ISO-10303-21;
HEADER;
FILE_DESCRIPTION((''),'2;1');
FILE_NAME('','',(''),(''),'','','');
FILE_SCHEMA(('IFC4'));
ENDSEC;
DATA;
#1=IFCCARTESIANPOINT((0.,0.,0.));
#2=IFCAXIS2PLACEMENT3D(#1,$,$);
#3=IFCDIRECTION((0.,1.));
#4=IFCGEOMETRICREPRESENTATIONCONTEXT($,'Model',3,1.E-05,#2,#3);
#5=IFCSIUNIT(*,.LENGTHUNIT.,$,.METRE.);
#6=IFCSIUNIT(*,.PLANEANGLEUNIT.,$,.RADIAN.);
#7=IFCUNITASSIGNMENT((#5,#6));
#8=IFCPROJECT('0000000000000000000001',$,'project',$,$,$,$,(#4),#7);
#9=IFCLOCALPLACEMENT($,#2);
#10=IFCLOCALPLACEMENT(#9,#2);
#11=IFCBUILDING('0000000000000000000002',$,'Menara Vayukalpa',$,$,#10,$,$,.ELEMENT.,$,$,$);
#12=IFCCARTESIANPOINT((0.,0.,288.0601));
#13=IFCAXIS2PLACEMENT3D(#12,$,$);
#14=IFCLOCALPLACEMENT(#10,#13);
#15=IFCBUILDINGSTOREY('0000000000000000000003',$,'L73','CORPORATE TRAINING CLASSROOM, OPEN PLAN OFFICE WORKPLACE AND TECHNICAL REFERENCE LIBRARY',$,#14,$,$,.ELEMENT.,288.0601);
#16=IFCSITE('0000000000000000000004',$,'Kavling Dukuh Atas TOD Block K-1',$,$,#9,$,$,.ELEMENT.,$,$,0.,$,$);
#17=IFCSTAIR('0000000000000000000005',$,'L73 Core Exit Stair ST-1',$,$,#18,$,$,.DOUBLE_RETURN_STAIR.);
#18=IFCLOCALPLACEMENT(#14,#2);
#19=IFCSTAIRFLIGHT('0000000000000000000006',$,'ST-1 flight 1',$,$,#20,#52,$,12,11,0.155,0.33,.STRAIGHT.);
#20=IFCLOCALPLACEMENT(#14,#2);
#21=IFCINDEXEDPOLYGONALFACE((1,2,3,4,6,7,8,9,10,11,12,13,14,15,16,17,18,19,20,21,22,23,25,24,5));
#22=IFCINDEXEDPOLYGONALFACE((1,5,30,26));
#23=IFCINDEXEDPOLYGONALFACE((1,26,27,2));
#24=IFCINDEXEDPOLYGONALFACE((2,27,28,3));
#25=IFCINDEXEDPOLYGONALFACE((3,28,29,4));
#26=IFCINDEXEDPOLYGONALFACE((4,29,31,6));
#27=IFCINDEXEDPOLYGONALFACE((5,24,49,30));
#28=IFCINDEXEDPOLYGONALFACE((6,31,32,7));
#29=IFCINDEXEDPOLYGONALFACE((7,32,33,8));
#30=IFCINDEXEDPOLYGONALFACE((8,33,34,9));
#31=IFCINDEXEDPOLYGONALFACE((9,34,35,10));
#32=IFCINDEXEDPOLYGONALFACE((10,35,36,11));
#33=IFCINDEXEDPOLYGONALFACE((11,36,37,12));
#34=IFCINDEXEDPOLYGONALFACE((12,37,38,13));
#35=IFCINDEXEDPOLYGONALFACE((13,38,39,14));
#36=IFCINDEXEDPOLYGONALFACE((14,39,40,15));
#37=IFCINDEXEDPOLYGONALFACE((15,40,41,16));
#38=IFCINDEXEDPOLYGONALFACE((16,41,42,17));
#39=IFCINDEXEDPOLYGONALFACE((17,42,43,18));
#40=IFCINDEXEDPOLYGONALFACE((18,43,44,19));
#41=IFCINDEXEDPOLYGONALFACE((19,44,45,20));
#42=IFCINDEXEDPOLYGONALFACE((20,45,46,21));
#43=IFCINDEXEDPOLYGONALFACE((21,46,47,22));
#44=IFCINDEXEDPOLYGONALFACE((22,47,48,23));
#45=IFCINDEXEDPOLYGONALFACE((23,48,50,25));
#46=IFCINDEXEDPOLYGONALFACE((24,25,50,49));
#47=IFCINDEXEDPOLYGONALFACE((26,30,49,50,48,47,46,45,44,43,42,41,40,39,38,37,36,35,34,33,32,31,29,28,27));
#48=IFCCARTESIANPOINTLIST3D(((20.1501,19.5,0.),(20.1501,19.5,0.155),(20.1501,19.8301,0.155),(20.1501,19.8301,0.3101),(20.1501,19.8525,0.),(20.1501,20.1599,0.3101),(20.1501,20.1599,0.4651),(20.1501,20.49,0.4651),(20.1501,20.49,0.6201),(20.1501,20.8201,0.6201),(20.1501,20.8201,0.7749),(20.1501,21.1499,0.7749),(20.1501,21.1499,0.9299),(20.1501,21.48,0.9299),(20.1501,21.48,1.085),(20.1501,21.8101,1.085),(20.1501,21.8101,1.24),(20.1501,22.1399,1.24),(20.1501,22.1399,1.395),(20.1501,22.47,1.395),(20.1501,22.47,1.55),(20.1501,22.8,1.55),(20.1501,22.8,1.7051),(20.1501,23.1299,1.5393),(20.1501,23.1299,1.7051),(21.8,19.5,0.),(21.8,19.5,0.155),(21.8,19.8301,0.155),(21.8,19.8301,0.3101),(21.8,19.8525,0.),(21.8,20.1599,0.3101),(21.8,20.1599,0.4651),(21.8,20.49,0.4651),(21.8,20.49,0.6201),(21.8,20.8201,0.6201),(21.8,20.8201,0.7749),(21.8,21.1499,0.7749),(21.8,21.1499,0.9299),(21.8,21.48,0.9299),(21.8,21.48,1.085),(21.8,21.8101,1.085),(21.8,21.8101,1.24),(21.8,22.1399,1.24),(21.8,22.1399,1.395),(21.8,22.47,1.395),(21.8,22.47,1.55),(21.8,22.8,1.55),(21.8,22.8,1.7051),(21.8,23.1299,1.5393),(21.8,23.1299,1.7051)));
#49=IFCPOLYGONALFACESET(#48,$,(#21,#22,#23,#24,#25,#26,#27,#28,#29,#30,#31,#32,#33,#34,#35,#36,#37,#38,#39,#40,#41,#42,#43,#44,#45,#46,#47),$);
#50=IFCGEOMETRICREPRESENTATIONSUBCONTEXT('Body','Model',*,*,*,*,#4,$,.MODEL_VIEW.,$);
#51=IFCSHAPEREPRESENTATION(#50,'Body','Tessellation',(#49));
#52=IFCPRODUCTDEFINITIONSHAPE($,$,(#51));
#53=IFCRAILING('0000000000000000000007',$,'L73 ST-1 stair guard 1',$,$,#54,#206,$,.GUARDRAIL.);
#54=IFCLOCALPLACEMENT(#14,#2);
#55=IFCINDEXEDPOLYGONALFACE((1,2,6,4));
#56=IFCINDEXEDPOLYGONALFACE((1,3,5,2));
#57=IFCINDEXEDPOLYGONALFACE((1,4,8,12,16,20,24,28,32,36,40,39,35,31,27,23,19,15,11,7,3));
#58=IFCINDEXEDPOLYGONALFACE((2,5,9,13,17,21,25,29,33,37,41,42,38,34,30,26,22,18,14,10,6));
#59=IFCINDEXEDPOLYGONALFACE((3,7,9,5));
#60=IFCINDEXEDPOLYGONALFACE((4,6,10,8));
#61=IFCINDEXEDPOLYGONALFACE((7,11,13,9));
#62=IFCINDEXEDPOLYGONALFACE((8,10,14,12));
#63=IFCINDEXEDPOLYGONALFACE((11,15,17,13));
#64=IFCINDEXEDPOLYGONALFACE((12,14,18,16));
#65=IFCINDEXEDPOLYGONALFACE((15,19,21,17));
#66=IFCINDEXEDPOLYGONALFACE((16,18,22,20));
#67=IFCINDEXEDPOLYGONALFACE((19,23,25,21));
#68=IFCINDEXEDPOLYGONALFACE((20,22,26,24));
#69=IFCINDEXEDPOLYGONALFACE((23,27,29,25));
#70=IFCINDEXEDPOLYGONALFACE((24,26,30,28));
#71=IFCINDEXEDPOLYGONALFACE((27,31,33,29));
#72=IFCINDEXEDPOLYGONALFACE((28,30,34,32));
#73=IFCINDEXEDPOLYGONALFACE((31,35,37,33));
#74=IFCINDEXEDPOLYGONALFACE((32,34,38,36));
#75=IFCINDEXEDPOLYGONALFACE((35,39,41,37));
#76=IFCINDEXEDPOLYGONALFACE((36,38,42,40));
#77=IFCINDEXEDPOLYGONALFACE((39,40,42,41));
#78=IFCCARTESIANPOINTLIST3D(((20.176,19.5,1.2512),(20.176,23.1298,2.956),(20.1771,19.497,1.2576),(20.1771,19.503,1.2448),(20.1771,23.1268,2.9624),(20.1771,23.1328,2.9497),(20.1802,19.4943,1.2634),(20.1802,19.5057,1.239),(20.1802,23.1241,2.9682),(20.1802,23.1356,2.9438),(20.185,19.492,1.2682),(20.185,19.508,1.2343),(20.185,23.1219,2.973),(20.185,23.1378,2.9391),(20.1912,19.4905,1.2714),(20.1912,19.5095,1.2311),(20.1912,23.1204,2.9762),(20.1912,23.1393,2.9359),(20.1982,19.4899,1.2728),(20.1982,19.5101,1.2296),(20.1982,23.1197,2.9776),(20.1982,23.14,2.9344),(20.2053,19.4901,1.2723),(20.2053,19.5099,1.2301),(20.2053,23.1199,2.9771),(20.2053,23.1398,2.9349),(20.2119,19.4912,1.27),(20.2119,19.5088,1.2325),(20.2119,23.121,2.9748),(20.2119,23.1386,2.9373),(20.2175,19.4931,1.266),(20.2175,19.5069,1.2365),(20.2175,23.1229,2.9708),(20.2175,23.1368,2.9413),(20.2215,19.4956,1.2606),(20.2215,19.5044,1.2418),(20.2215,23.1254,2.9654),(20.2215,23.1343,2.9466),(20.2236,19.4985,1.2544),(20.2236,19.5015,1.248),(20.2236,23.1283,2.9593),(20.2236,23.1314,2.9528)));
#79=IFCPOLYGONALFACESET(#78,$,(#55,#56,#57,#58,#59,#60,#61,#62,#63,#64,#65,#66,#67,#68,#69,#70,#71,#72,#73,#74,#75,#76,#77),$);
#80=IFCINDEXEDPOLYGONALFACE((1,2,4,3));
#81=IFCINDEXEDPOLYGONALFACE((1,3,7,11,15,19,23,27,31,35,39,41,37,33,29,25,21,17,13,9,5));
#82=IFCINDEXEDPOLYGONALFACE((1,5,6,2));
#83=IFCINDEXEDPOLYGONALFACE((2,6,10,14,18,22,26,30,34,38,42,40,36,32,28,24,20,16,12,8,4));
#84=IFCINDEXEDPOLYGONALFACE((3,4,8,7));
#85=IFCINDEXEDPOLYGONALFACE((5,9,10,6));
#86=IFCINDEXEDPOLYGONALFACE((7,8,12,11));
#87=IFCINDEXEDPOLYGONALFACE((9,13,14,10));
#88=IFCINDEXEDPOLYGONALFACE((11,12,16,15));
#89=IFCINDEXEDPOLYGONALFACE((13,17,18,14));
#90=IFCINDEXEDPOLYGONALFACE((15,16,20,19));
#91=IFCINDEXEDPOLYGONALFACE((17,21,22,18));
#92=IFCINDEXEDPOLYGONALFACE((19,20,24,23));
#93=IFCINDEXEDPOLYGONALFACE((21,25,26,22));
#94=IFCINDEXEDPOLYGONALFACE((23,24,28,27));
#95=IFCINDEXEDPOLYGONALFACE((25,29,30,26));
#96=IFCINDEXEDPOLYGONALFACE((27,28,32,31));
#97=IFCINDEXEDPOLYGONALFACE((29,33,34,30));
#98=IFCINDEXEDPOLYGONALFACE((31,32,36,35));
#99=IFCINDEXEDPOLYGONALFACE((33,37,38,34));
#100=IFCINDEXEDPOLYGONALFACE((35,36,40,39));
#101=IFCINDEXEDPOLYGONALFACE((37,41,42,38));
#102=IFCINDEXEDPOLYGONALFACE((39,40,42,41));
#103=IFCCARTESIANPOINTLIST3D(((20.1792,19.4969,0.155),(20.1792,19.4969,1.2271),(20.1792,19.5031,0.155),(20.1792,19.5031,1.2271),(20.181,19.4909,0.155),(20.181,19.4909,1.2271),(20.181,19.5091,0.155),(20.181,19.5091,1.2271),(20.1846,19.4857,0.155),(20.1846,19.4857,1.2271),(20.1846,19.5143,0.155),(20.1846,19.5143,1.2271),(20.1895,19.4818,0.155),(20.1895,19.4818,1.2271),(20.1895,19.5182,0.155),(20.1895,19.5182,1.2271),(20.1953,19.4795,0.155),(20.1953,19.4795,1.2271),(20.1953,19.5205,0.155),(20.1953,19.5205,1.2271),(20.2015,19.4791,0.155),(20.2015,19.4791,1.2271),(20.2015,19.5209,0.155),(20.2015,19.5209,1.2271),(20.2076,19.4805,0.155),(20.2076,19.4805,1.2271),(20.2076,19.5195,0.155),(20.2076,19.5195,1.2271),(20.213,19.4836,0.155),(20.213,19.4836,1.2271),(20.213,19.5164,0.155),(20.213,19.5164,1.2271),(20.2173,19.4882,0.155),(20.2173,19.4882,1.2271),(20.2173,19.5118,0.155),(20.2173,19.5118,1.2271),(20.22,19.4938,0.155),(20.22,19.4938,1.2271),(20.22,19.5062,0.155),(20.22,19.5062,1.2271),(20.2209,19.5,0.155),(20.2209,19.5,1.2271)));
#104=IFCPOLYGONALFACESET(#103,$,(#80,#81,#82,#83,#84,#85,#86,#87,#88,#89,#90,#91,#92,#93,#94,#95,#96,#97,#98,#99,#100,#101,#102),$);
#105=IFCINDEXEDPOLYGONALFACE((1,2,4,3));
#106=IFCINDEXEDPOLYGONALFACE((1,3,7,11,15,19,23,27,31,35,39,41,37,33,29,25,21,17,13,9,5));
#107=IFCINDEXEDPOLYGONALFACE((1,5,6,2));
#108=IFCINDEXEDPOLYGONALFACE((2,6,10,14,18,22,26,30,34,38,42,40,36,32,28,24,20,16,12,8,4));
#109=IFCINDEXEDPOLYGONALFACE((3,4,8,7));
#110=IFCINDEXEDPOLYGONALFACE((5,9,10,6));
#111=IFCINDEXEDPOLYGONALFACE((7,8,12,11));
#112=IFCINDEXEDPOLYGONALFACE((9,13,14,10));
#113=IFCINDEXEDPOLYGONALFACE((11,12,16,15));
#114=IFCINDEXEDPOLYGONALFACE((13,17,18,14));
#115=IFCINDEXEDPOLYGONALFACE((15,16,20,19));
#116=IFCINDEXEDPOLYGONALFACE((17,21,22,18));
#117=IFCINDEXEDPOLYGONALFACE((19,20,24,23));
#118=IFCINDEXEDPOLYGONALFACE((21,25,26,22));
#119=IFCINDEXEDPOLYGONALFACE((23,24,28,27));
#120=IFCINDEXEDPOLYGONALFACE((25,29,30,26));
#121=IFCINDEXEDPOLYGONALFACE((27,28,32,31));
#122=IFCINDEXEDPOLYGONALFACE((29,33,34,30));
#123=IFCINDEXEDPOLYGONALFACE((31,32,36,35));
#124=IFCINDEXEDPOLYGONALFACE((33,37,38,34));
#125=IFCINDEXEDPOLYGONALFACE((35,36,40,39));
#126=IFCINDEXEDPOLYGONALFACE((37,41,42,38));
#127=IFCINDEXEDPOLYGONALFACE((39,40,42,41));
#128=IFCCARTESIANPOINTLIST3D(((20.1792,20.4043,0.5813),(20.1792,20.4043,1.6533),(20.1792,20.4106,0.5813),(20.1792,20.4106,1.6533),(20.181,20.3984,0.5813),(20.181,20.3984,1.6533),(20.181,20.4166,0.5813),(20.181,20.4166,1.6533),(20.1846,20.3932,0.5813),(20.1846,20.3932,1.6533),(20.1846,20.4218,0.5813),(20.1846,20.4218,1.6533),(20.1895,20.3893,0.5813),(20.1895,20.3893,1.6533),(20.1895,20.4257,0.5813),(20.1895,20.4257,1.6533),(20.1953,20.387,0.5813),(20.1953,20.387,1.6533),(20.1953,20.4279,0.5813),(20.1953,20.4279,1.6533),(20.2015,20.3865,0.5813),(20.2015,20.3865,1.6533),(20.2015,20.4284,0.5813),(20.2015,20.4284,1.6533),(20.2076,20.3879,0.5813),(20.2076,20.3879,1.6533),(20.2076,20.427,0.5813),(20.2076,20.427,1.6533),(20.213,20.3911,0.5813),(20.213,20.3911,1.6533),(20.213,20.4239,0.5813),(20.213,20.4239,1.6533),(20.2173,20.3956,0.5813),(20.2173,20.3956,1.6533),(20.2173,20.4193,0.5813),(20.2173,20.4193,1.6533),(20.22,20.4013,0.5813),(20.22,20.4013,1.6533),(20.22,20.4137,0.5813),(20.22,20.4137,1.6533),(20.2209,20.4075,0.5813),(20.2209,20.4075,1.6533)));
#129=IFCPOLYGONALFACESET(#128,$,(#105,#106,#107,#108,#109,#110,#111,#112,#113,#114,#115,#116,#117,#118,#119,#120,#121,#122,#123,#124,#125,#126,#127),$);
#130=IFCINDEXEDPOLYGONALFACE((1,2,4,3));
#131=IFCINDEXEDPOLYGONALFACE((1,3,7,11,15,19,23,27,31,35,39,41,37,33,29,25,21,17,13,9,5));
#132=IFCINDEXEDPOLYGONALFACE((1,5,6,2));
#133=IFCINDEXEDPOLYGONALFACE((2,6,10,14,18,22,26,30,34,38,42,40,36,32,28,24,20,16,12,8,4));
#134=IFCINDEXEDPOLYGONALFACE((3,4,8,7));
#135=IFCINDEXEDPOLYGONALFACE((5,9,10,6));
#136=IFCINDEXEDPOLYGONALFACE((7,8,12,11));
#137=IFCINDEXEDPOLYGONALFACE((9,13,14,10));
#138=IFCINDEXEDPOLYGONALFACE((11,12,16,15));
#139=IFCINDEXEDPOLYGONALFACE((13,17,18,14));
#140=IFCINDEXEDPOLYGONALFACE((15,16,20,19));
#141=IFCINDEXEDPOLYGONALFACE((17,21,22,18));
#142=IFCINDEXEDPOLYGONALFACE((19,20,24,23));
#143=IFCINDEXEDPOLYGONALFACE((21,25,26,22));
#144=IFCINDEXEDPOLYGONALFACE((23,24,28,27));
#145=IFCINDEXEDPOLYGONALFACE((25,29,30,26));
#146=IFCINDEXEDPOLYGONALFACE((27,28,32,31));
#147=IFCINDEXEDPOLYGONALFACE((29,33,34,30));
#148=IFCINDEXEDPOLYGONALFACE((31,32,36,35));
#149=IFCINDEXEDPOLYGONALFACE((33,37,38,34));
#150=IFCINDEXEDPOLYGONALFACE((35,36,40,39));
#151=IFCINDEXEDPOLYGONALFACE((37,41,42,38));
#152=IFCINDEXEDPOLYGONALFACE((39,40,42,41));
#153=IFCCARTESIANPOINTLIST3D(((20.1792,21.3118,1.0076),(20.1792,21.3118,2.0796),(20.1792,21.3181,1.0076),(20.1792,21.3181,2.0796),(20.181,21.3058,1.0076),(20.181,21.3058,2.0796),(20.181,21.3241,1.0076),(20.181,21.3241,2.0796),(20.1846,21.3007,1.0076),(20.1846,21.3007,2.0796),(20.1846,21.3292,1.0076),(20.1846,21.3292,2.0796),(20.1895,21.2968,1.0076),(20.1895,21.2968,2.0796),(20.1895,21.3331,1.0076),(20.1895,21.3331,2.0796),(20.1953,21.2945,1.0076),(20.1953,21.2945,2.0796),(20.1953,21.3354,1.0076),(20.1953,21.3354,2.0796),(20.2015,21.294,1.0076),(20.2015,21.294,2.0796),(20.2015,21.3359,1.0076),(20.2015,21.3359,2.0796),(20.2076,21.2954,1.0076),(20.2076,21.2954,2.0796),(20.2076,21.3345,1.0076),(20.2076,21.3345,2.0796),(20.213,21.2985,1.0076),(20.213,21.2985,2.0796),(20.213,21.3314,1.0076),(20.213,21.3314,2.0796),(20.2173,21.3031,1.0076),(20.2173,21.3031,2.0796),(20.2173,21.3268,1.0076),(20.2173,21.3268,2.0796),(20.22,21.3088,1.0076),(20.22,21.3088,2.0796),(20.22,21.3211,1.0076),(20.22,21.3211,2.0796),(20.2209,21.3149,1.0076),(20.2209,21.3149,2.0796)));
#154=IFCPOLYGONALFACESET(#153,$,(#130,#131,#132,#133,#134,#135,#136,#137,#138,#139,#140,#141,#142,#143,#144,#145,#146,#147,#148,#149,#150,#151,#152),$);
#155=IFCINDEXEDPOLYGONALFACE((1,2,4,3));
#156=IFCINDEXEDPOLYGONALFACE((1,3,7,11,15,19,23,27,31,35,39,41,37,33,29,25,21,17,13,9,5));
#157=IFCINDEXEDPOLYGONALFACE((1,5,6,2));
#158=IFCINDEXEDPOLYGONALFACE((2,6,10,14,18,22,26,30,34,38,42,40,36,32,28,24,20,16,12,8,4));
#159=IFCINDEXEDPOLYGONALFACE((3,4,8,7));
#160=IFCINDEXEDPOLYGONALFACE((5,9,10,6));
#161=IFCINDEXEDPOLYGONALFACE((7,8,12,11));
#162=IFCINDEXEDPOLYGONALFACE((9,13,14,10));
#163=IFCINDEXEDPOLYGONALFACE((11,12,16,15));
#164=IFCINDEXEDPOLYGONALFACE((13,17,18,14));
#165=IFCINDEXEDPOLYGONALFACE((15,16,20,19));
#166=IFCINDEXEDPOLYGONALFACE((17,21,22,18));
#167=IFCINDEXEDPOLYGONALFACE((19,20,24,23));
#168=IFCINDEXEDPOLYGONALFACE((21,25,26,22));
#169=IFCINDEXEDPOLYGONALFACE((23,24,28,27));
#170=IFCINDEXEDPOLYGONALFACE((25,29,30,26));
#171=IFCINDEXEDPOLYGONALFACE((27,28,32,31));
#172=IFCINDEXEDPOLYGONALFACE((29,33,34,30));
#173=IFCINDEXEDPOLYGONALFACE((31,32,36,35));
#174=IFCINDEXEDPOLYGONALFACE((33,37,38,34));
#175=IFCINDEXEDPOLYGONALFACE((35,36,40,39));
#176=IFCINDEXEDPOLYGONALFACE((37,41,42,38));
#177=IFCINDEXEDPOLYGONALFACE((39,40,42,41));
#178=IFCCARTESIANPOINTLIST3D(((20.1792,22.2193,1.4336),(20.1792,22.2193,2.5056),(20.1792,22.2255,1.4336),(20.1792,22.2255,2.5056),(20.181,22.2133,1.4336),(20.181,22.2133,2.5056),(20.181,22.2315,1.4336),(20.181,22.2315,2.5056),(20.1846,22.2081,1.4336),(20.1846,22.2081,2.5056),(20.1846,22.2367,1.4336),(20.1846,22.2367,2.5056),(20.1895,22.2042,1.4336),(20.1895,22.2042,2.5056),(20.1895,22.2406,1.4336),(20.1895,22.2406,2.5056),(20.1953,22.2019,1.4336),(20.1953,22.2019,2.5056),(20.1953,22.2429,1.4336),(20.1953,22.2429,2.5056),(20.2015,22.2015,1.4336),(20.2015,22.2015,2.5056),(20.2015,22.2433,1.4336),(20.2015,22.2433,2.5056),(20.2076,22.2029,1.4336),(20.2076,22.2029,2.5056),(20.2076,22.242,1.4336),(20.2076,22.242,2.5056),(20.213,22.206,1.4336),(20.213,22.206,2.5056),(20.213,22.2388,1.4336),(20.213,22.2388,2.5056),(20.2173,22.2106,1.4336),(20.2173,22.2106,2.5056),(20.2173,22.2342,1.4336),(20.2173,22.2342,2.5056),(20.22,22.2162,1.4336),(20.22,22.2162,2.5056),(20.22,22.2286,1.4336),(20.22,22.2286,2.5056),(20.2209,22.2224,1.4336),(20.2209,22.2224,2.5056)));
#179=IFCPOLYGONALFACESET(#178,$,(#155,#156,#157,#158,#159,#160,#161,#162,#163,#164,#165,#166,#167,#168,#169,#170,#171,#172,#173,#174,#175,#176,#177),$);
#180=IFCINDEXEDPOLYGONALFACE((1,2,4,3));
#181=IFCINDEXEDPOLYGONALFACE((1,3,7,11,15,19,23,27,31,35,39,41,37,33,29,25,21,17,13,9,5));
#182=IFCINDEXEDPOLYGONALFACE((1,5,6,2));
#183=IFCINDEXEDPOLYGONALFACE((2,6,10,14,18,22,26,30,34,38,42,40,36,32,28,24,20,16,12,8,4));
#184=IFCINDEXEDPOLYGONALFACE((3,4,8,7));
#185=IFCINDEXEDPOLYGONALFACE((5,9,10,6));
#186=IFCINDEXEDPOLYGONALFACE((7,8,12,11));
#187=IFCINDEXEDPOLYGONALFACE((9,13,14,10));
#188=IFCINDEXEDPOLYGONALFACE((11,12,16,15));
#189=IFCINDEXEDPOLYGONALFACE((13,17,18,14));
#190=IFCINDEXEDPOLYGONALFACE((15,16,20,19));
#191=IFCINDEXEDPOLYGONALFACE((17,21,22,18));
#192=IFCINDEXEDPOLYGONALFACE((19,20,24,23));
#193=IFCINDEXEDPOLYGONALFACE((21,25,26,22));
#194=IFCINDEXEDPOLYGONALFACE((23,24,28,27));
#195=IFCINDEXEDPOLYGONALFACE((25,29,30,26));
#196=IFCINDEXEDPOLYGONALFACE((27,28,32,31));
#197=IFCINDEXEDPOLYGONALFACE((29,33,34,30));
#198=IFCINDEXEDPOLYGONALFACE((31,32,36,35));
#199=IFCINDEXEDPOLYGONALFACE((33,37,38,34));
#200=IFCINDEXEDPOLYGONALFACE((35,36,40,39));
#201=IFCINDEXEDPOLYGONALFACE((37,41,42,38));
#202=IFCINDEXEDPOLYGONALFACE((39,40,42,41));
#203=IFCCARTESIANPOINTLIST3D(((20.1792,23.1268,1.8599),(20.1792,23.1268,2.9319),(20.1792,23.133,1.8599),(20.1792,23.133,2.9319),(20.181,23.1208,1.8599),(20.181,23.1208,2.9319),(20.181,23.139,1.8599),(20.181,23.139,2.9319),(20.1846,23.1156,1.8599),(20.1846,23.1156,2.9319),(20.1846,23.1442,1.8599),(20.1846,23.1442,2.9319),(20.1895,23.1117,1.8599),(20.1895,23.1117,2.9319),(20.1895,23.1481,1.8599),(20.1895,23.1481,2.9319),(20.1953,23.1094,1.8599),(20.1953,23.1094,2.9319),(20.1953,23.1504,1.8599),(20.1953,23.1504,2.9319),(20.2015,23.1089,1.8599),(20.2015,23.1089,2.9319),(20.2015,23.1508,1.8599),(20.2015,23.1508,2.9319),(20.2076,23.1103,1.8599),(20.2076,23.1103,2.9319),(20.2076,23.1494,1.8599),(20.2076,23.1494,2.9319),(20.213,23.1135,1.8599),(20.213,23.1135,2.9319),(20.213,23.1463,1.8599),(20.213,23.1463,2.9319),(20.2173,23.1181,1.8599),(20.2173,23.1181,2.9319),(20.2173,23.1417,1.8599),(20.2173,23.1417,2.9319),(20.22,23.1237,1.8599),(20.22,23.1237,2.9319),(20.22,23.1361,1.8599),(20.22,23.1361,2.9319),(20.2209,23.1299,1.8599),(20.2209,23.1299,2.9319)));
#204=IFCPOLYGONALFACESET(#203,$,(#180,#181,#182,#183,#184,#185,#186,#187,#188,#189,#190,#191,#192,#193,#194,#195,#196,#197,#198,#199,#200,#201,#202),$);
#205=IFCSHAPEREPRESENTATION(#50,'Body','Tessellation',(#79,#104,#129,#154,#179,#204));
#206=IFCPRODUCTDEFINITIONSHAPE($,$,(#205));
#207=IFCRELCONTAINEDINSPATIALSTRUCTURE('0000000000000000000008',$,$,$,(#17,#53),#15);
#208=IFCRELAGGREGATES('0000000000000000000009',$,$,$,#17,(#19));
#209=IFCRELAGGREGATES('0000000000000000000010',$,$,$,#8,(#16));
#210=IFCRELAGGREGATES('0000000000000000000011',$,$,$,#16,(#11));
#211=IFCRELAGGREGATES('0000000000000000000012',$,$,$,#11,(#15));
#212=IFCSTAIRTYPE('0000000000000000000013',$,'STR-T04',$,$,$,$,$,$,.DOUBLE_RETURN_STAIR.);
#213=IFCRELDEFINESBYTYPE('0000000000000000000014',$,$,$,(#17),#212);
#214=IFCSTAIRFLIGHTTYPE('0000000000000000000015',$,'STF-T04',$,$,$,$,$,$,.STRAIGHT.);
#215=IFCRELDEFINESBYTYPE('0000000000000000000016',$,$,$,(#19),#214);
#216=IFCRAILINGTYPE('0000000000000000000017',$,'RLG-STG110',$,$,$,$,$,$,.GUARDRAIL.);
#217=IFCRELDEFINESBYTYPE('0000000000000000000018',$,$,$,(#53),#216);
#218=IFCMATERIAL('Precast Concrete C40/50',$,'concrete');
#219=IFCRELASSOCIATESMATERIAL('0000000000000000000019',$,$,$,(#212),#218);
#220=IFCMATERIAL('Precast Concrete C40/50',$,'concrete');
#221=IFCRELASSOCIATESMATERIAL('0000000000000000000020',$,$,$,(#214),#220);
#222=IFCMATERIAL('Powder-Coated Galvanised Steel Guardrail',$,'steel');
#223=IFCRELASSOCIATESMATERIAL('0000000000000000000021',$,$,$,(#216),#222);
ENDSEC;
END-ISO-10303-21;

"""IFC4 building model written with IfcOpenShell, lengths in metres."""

from ifc_helpers import new_model, si_unit, direction, frame, origin, origin_2d, place, context, subcontext, project, spatial, polyline, circle, outline, extrude, material, type_object, element, aggregate, save


model = new_model("IFC4")

# Units and contexts
model_context = context("Model", 3, precision=1e-05, world=origin(), true_north=direction((0.0, 1.0)))
body_context = subcontext(model_context, "Body", "Model", "MODEL_VIEW")
ifc_project = project(units=[si_unit("LENGTHUNIT", "METRE"), si_unit("PLANEANGLEUNIT", "RADIAN")], contexts=[model_context])

# Site, building, storey
site_placement = place(None, origin())
site = spatial("IfcSite", under=ifc_project, at=site_placement, Name="Kavling Dukuh Atas TOD Block K-1", CompositionType="ELEMENT", RefElevation=0.0)
building_placement = place(site_placement, origin())
building = spatial("IfcBuilding", under=site, at=building_placement, Name="Menara Vayukalpa", CompositionType="ELEMENT")
storey_placement = place(building_placement, frame((0.0, 0.0, 288.0601)))
storey = spatial("IfcBuildingStorey", under=building, at=storey_placement, Name="L73", Description="CORPORATE TRAINING CLASSROOM, OPEN PLAN OFFICE WORKPLACE AND TECHNICAL REFERENCE LIBRARY", CompositionType="ELEMENT", Elevation=288.0601)

# Stair, stair flight
ifc_material_1 = material(Name="Precast Concrete C40/50", Category="concrete")
stair_type = type_object("IfcStairType", Name="STR-T04", PredefinedType="DOUBLE_RETURN_STAIR", material=ifc_material_1)
stair_placement = place(storey_placement, origin())
stair = element("IfcStair", 1, at=stair_placement, inside=storey, type_object=stair_type, Name="L73 Core Exit Stair ST-1", PredefinedType="DOUBLE_RETURN_STAIR")
ifc_material_2 = material(Name="Precast Concrete C40/50", Category="concrete")
stair_flight_type = type_object("IfcStairFlightType", Name="STF-T04", PredefinedType="STRAIGHT", material=ifc_material_2)
stair_flight_placement = place(storey_placement, frame((20.9751, 19.5, 0.0), z_axis=(0.0, 0.0, 1.0), x_axis=(0.0, 1.0, 0.0)))
stair_flight = element("IfcStairFlight", 2, at=stair_flight_placement, type_object=stair_flight_type, Name="ST-1 flight 1", NumberOfRisers=12, NumberOfTreads=11, PredefinedType="STRAIGHT", RiserHeight=0.155, TreadLength=0.33, context=body_context, shape_type="SweptSolid", body=[
    extrude(outline(polyline([(0.0, 0.0), (0.0, 0.155), (0.3301, 0.155), (0.3301, 0.3101), (0.6599, 0.3101), (0.6599, 0.4651), (0.99, 0.4651), (0.99, 0.6201), (1.3201, 0.6201), (1.3201, 0.7749), (1.6499, 0.7749), (1.6499, 0.9299), (1.98, 0.9299), (1.98, 1.085), (2.3101, 1.085), (2.3101, 1.24), (2.6399, 1.24), (2.6399, 1.395), (2.97, 1.395), (2.97, 1.55), (3.3, 1.55), (3.3, 1.7051), (3.6299, 1.7051), (3.6299, 1.8601), (3.6299, 1.5393), (0.3525, 0.0), (0.0, 0.0)])), frame((0.0, 0.825, 0.0), z_axis=(0.0, -1.0, 0.0), x_axis=(1.0, 0.0, 0.0)), (0.0, 0.0, 1.0), 1.6499),
])
aggregate(stair, [stair_flight])

# Railing
ifc_material_3 = material(Name="Powder-Coated Galvanised Steel Guardrail", Category="steel")
railing_type_1 = type_object("IfcRailingType", Name="RLG-STG110", PredefinedType="GUARDRAIL", material=ifc_material_3)
railing_1_placement = place(storey_placement, frame((20.2, 19.5, 0.155)))
element("IfcRailing", 3, at=railing_1_placement, inside=storey, type_object=railing_type_1, Name="L73 ST-1 stair guard 1", PredefinedType="GUARDRAIL", context=body_context, shape_type="SweptSolid", body=[
    extrude(circle(Radius=0.0239, at=origin_2d()), frame((0.0, 0.0, 1.0962), z_axis=(0.0, 0.90514, 0.425114), x_axis=(-1.0, 0.0, 0.0)), (0.0, 0.0, 1.0), 4.0103),
    extrude(circle(Radius=0.021, at=origin_2d()), origin(), (0.0, 0.0, 1.0), 1.072),
    extrude(circle(Radius=0.021, at=origin_2d()), frame((0.0, 0.9075, 0.4263)), (0.0, 0.0, 1.0), 1.072),
    extrude(circle(Radius=0.021, at=origin_2d()), frame((0.0, 1.8149, 0.8525)), (0.0, 0.0, 1.0), 1.072),
    extrude(circle(Radius=0.021, at=origin_2d()), frame((0.0, 2.7224, 1.2786)), (0.0, 0.0, 1.0), 1.072),
    extrude(circle(Radius=0.021, at=origin_2d()), frame((0.0, 3.6299, 1.7048)), (0.0, 0.0, 1.0), 1.072),
])

save(model, "model.ifc")
